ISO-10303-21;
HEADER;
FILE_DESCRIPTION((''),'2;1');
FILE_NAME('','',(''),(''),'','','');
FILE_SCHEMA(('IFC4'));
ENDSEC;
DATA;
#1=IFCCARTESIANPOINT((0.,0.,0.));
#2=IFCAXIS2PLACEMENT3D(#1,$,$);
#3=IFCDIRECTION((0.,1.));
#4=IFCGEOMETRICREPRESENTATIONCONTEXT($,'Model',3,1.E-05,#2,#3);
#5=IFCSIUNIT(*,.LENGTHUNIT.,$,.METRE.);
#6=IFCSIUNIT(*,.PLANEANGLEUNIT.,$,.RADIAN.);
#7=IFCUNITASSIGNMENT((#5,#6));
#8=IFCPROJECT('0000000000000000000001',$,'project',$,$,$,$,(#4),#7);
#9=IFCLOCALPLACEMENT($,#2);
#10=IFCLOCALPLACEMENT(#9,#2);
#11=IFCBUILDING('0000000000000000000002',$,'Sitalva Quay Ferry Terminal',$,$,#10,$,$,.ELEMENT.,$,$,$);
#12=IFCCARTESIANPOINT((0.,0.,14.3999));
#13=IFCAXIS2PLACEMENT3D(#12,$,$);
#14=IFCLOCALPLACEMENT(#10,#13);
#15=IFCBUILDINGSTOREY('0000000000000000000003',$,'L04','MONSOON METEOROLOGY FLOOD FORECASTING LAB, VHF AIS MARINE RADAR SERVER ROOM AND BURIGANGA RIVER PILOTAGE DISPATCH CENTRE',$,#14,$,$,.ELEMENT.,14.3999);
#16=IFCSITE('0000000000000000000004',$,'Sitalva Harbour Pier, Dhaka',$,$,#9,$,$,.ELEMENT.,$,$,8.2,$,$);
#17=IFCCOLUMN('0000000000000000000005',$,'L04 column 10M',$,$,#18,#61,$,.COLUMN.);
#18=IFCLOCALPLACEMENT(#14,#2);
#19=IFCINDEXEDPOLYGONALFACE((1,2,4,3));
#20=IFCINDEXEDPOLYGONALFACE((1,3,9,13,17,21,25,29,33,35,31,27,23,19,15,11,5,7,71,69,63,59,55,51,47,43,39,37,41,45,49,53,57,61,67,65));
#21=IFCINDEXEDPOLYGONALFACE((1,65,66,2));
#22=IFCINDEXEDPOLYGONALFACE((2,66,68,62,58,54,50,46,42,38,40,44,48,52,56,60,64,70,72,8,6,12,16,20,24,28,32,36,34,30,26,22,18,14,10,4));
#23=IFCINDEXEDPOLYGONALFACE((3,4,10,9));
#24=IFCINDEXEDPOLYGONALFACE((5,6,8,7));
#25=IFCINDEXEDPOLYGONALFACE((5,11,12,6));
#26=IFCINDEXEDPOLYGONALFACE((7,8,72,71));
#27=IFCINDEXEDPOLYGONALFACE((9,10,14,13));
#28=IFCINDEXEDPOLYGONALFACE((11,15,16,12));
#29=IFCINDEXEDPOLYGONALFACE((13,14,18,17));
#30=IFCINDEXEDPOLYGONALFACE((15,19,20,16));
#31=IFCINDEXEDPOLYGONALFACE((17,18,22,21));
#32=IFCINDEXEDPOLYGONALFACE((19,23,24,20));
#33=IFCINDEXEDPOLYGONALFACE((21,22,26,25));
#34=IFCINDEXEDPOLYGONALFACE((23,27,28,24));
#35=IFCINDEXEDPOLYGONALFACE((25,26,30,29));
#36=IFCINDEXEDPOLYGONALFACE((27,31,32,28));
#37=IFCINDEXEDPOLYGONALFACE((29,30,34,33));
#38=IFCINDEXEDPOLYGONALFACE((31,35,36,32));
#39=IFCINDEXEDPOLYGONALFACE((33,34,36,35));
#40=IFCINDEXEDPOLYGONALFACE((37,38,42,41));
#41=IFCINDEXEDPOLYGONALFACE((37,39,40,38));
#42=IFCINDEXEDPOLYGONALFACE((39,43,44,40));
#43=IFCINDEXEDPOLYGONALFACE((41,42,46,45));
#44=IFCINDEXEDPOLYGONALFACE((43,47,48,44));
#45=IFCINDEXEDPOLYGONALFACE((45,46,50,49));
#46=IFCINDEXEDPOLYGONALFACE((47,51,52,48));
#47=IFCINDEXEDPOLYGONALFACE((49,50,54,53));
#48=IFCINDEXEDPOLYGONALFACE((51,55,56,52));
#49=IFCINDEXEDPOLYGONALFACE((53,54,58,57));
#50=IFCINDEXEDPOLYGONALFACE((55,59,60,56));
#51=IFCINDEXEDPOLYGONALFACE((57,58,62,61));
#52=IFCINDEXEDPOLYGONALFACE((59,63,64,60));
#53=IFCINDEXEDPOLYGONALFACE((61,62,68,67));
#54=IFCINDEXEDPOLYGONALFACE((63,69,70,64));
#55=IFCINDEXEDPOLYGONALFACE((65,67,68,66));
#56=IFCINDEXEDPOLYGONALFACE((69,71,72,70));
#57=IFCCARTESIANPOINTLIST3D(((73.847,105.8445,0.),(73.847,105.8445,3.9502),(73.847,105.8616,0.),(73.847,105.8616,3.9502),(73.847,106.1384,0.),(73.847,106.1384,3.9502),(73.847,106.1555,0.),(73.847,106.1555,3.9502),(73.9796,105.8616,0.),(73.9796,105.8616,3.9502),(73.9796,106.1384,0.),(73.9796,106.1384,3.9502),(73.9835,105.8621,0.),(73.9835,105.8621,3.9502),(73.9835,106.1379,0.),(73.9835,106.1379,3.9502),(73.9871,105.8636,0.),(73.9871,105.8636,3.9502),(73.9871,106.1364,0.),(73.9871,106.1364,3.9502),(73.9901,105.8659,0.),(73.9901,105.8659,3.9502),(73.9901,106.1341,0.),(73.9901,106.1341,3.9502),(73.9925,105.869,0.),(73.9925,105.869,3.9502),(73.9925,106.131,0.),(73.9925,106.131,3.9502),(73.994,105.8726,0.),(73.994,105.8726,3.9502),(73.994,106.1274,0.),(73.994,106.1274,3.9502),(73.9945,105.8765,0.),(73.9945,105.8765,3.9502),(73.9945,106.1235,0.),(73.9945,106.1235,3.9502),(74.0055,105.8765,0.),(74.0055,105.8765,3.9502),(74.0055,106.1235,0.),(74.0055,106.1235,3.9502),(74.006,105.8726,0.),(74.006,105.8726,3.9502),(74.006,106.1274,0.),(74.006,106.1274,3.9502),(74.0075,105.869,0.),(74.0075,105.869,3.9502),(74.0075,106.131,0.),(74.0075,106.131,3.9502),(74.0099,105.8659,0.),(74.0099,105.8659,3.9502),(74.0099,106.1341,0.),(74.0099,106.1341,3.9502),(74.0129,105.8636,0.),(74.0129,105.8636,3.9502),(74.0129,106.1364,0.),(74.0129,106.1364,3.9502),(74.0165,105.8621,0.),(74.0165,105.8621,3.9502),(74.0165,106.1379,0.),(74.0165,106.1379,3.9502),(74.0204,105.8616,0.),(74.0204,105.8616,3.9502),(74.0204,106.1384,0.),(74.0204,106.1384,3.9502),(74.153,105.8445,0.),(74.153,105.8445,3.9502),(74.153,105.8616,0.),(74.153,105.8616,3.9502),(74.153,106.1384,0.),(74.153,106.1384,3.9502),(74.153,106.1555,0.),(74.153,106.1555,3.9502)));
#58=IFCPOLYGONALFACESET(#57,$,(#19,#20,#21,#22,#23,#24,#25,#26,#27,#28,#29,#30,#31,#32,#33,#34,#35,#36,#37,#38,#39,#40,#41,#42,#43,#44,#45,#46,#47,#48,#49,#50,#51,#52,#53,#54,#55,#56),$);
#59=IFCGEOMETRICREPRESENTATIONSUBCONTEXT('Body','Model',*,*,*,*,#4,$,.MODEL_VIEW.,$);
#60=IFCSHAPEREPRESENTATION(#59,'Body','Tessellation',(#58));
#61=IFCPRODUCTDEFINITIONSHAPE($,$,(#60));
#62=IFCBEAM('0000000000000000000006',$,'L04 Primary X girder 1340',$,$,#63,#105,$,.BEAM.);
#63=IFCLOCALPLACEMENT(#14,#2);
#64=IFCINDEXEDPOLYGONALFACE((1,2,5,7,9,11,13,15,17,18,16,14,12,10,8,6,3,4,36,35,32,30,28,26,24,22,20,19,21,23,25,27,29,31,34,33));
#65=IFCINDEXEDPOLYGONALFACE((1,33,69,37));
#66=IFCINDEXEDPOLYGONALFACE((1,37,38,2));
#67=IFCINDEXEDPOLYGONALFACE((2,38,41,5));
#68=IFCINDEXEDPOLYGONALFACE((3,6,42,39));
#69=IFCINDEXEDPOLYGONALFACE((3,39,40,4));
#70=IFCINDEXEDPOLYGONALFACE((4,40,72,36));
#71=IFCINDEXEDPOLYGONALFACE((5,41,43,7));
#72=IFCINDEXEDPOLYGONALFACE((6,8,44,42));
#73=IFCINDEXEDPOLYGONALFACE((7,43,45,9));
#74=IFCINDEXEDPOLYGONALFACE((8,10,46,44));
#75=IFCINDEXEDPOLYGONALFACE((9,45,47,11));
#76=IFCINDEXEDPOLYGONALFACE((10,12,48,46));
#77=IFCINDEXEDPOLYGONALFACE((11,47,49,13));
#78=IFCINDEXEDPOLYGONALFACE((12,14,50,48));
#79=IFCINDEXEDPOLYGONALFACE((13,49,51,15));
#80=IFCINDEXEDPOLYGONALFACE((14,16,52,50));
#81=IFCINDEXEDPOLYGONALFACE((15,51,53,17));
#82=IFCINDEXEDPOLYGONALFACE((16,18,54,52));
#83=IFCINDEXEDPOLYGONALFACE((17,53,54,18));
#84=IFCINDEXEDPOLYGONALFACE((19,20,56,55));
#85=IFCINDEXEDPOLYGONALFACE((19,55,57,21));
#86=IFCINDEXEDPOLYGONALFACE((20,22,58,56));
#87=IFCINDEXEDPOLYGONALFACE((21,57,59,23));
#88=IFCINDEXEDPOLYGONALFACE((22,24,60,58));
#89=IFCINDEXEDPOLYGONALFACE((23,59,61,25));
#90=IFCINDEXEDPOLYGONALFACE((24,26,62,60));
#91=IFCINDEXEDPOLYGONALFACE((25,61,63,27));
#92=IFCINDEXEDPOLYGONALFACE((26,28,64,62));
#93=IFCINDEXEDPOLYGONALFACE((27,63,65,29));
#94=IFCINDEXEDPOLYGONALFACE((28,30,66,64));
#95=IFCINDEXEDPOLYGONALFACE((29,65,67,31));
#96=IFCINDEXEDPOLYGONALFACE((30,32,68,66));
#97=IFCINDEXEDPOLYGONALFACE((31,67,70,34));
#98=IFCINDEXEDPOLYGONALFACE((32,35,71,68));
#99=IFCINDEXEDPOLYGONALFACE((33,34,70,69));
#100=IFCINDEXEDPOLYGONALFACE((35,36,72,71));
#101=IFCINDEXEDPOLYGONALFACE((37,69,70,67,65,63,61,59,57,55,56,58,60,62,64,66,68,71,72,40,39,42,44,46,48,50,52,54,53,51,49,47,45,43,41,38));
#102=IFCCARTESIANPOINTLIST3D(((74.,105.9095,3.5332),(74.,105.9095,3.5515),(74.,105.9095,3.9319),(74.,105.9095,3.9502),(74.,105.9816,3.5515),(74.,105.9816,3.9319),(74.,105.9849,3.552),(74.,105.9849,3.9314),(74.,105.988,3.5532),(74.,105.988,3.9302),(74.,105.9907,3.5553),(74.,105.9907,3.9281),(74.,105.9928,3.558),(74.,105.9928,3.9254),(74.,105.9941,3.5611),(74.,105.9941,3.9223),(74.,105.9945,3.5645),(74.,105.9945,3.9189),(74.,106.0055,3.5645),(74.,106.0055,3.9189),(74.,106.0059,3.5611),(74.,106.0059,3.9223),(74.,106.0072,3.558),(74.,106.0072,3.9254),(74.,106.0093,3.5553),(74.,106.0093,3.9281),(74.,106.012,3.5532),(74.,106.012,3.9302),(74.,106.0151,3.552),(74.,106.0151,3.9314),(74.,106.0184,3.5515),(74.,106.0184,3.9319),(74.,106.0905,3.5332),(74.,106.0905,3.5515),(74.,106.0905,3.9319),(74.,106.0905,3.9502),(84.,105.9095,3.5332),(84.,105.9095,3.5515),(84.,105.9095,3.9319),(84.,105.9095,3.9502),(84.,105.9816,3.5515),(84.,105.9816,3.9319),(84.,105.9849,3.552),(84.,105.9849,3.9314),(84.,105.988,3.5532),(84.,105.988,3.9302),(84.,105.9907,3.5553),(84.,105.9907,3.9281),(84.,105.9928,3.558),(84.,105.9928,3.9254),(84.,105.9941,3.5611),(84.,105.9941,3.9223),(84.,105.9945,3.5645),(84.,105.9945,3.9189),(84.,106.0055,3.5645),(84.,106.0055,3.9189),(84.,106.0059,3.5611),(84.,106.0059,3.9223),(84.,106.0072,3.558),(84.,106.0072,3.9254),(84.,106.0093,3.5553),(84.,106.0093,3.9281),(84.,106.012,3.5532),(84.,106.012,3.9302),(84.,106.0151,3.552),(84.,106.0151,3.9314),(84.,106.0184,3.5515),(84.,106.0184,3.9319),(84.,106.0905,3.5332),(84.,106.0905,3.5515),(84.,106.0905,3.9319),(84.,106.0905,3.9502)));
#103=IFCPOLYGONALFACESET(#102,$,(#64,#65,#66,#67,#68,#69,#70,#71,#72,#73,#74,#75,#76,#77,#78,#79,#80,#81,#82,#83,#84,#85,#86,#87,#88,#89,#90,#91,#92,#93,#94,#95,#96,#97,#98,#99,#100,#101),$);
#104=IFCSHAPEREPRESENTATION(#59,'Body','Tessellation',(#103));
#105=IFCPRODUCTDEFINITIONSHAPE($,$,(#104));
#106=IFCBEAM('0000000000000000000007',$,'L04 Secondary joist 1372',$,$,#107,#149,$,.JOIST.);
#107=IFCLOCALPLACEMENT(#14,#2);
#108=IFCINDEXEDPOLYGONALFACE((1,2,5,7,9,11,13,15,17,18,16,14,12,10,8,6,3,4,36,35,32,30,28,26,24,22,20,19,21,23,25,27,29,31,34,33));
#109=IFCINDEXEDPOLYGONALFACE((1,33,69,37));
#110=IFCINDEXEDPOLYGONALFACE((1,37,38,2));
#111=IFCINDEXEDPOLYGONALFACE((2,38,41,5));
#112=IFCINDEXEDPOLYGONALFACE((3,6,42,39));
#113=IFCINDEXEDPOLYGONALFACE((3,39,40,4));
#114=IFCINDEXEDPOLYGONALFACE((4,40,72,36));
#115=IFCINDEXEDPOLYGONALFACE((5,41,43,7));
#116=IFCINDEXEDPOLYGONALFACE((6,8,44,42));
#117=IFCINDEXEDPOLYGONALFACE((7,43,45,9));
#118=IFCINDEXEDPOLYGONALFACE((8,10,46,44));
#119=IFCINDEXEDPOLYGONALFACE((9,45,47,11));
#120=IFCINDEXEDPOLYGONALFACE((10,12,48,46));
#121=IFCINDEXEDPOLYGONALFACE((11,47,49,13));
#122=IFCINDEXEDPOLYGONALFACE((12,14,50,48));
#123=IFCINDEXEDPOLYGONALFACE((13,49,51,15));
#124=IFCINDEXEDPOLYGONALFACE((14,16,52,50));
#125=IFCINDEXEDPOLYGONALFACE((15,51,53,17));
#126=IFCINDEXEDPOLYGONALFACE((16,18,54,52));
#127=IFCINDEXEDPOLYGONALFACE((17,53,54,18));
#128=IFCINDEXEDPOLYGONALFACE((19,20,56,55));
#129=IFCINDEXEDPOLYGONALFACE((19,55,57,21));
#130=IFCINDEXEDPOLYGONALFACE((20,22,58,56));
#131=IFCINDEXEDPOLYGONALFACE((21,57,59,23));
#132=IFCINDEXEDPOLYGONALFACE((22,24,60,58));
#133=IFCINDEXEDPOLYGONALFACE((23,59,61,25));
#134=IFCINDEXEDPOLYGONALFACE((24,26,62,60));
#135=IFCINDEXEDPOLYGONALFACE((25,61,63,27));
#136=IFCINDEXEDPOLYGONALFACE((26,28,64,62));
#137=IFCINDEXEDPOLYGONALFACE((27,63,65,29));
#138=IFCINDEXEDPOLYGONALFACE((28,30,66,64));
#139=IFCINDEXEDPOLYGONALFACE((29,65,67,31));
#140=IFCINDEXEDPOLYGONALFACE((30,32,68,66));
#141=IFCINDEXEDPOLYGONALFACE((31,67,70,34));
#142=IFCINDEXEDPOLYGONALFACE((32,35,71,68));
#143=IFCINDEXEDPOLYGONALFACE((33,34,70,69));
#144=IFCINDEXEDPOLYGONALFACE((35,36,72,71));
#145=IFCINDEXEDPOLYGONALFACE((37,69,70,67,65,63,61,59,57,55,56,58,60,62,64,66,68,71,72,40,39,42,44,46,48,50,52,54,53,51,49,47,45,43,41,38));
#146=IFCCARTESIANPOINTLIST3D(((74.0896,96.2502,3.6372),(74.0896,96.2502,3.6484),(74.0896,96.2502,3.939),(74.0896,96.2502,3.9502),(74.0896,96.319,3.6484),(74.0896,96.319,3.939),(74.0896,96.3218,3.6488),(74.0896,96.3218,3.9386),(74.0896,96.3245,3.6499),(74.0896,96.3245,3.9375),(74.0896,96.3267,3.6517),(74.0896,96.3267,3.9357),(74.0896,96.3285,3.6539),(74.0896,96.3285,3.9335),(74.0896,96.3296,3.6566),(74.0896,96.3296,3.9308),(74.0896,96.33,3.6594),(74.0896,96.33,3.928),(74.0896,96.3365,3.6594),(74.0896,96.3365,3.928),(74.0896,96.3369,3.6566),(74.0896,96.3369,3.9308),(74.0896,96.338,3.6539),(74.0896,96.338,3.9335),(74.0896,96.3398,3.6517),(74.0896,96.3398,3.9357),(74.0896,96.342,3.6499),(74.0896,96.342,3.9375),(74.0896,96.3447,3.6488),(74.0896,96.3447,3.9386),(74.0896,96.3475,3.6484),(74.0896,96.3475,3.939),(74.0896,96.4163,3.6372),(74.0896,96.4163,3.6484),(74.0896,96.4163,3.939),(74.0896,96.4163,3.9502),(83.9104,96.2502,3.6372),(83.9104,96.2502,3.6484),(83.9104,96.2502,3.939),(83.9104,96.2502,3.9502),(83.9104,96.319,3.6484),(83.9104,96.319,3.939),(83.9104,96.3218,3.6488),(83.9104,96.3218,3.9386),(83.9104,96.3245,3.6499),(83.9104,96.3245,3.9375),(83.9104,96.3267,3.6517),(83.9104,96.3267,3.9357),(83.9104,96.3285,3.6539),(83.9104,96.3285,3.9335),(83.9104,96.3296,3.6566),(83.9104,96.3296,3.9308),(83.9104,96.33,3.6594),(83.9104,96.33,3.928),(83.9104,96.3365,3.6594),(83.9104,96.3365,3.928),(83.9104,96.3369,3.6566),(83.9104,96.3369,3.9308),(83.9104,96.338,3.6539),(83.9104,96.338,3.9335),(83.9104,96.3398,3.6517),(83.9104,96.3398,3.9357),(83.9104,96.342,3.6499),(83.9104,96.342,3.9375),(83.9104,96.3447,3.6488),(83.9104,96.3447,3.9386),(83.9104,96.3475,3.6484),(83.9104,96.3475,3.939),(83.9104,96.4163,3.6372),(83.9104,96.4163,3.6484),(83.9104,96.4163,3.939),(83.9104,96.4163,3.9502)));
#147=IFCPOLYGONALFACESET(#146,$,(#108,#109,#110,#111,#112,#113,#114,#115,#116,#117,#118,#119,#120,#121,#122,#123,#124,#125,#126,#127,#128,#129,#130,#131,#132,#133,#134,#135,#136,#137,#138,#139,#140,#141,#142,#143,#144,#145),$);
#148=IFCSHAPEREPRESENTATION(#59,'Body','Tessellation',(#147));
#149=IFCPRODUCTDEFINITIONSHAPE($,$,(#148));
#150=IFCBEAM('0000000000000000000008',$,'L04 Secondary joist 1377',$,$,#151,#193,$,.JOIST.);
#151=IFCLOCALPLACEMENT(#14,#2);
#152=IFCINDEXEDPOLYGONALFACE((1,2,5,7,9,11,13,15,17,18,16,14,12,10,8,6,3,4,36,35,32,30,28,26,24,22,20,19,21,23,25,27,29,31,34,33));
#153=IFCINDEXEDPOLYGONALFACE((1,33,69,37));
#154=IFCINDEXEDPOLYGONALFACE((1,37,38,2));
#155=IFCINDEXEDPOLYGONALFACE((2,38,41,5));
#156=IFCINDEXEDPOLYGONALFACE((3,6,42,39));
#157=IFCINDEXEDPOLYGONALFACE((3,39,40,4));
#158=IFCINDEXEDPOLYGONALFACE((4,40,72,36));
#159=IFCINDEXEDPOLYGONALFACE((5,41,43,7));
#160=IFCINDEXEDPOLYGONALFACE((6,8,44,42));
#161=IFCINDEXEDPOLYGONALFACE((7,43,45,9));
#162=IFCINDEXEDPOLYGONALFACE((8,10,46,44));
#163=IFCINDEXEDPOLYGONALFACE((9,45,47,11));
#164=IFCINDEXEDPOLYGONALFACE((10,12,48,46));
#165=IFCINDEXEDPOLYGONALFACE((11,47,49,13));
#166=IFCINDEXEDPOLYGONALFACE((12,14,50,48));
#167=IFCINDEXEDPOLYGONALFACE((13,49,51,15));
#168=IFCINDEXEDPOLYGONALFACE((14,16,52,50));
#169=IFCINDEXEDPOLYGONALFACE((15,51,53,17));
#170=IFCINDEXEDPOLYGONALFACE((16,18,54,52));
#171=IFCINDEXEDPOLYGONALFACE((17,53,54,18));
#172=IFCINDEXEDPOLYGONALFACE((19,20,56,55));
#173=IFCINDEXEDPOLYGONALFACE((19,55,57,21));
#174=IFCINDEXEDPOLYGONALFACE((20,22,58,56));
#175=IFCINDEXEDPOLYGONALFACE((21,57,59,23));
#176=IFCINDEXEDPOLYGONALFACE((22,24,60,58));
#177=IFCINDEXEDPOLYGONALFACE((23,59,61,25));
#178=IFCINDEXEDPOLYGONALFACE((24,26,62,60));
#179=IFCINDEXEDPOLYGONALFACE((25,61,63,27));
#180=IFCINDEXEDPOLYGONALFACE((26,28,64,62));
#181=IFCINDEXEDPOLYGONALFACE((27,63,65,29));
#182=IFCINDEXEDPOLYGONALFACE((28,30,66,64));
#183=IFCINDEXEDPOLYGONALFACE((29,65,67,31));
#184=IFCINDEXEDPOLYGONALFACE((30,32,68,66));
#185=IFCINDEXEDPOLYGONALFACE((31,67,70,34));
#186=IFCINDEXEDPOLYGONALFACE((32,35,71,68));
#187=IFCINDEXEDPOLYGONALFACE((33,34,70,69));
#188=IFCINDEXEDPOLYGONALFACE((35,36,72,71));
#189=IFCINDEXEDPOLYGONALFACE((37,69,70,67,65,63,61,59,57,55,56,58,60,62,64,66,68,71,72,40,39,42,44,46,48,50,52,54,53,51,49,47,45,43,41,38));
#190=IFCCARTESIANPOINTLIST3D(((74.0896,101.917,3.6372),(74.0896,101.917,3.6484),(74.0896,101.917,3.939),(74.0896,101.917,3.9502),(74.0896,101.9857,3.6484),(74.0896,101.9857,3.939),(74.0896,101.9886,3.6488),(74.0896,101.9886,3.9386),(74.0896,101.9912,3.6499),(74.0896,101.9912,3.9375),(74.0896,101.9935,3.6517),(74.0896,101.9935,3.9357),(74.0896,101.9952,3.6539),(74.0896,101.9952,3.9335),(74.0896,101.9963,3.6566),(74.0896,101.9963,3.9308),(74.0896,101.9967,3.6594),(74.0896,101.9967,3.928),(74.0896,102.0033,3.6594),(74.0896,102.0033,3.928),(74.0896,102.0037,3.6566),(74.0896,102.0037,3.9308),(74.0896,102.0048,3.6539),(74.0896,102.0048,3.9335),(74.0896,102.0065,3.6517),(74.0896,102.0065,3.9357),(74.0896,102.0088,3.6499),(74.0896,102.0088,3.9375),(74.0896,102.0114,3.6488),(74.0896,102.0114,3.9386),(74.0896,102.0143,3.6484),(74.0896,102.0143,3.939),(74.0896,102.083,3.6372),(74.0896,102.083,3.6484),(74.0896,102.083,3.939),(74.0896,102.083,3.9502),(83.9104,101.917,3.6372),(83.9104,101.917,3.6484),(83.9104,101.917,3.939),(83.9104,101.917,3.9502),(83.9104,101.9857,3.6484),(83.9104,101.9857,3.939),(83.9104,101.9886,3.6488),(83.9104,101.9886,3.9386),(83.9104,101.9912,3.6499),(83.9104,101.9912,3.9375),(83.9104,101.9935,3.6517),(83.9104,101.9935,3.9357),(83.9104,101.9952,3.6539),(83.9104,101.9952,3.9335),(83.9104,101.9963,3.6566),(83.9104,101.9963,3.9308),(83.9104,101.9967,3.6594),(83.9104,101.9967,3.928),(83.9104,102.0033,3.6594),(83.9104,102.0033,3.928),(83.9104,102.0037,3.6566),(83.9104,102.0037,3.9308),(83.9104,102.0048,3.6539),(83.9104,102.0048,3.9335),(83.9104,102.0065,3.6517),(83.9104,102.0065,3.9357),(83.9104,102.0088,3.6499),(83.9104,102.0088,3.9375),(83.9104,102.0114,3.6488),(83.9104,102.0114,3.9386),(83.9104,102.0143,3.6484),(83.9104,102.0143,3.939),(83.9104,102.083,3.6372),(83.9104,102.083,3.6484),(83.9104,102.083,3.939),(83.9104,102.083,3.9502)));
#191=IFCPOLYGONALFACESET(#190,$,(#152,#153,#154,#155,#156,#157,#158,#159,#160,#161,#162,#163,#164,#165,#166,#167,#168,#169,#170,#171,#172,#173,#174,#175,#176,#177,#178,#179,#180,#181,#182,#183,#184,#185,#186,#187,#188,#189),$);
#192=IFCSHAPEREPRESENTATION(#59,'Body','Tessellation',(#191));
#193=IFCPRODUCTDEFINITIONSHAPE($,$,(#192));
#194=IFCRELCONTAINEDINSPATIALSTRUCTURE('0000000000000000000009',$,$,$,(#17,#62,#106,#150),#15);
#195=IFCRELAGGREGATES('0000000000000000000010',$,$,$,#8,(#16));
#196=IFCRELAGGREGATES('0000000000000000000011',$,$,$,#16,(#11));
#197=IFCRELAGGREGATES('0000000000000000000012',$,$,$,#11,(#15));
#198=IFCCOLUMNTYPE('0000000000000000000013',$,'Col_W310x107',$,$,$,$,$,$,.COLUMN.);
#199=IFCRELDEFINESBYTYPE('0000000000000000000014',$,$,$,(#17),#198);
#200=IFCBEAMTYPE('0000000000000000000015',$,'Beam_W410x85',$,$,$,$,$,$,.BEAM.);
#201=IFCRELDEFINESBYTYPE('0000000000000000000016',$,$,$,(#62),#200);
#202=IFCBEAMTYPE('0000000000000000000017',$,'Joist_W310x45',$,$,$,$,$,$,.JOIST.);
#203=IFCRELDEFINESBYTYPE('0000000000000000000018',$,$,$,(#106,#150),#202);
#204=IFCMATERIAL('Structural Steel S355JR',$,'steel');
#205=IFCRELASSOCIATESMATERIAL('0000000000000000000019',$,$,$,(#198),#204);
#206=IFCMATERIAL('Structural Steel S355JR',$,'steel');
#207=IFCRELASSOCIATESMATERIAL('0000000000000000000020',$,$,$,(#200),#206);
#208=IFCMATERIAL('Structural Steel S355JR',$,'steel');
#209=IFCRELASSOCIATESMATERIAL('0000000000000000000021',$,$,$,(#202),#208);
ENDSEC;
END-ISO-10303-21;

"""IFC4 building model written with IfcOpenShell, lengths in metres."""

from ifc_helpers import new_model, si_unit, direction, frame, origin, origin_2d, place, context, subcontext, project, spatial, i_section, extrude, material, material_profile, profile_set, type_object, element, save


model = new_model("IFC4")

# Units and contexts
model_context = context("Model", 3, precision=1e-05, world=origin(), true_north=direction((0.0, 1.0)))
body_context = subcontext(model_context, "Body", "Model", "MODEL_VIEW")
ifc_project = project(units=[si_unit("LENGTHUNIT", "METRE"), si_unit("PLANEANGLEUNIT", "RADIAN")], contexts=[model_context])

# Site, building, storey
site_placement = place(None, origin())
site = spatial("IfcSite", under=ifc_project, at=site_placement, Name="Sitalva Harbour Pier, Dhaka", CompositionType="ELEMENT", RefElevation=8.2)
building_placement = place(site_placement, origin())
building = spatial("IfcBuilding", under=site, at=building_placement, Name="Sitalva Quay Ferry Terminal", CompositionType="ELEMENT")
storey_placement = place(building_placement, frame((0.0, 0.0, 14.3999)))
storey = spatial("IfcBuildingStorey", under=building, at=storey_placement, Name="L04", Description="MONSOON METEOROLOGY FLOOD FORECASTING LAB, VHF AIS MARINE RADAR SERVER ROOM AND BURIGANGA RIVER PILOTAGE DISPATCH CENTRE", CompositionType="ELEMENT", Elevation=14.3999)

# Column
ifc_material_1 = material(Name="Structural Steel S355JR", Category="steel")
ifc_material_profile_1 = material_profile(ifc_material_1, i_section(OverallWidth=0.3059, OverallDepth=0.311, WebThickness=0.011, FlangeThickness=0.0171, FilletRadius=0.0149, at=origin_2d()), Name="W310x107")
ifc_profile_set_1 = profile_set([ifc_material_profile_1], Name="Structural Steel S355JR")
column_type = type_object("IfcColumnType", Name="Col_W310x107", PredefinedType="COLUMN", material=ifc_profile_set_1)
column_placement = place(storey_placement, frame((74.0, 106.0, 0.0), z_axis=(0.0, 0.0, 1.0), x_axis=(1.0, 0.0, 0.0)))
element("IfcColumn", 1, at=column_placement, inside=storey, type_object=column_type, Name="L04 column 10M", PredefinedType="COLUMN", context=body_context, shape_type="SweptSolid", body=[
    extrude(i_section(OverallWidth=0.3059, OverallDepth=0.311, WebThickness=0.011, FlangeThickness=0.0171, FilletRadius=0.0149, at=origin_2d()), origin(), (0.0, 0.0, 1.0), 3.9502),
])

# Beams
ifc_material_2 = material(Name="Structural Steel S355JR", Category="steel")
ifc_material_profile_2 = material_profile(ifc_material_2, i_section(OverallWidth=0.1809, OverallDepth=0.417, WebThickness=0.011, FlangeThickness=0.0183, FilletRadius=0.0129, at=origin_2d()), Name="W410x85")
ifc_profile_set_2 = profile_set([ifc_material_profile_2], Name="Structural Steel S355JR")
beam_type_1 = type_object("IfcBeamType", Name="Beam_W410x85", PredefinedType="BEAM", material=ifc_profile_set_2)
beam_placement = place(storey_placement, frame((74.0, 106.0, 3.7417), z_axis=(1.0, 0.0, 0.0), x_axis=(0.0, 1.0, 0.0)))
element("IfcBeam", 2, at=beam_placement, inside=storey, type_object=beam_type_1, Name="L04 Primary X girder 1340", PredefinedType="BEAM", context=body_context, shape_type="SweptSolid", body=[
    extrude(i_section(OverallWidth=0.1809, OverallDepth=0.417, WebThickness=0.011, FlangeThickness=0.0183, FilletRadius=0.0129, at=origin_2d()), origin(), (0.0, 0.0, 1.0), 10.0),
])
ifc_material_3 = material(Name="Structural Steel S355JR", Category="steel")
ifc_material_profile_3 = material_profile(ifc_material_3, i_section(OverallWidth=0.166, OverallDepth=0.313, WebThickness=0.0066, FlangeThickness=0.0112, FilletRadius=0.011, at=origin_2d()), Name="W310x45")
ifc_profile_set_3 = profile_set([ifc_material_profile_3], Name="Structural Steel S355JR")
beam_type_2 = type_object("IfcBeamType", Name="Joist_W310x45", PredefinedType="JOIST", material=ifc_profile_set_3)
for number, where, z_axis, x_axis, name in (
    (3, (74.0896, 96.3333, 3.7937), (1.0, 0.0, 0.0), (0.0, 1.0, 0.0), "L04 Secondary joist 1372"),
    (4, (74.0896, 102.0, 3.7937), (1.0, 0.0, 0.0), (0.0, 1.0, 0.0), "L04 Secondary joist 1377"),
):
    element("IfcBeam", number, at=place(storey_placement, frame(where, z_axis=z_axis, x_axis=x_axis)), inside=storey, type_object=beam_type_2, Name=name, PredefinedType="JOIST", context=body_context, shape_type="SweptSolid", body=[
        extrude(i_section(OverallWidth=0.166, OverallDepth=0.313, WebThickness=0.0066, FlangeThickness=0.0112, FilletRadius=0.011, at=origin_2d()), origin(), (0.0, 0.0, 1.0), 9.8208),
    ])

save(model, "model.ifc")
